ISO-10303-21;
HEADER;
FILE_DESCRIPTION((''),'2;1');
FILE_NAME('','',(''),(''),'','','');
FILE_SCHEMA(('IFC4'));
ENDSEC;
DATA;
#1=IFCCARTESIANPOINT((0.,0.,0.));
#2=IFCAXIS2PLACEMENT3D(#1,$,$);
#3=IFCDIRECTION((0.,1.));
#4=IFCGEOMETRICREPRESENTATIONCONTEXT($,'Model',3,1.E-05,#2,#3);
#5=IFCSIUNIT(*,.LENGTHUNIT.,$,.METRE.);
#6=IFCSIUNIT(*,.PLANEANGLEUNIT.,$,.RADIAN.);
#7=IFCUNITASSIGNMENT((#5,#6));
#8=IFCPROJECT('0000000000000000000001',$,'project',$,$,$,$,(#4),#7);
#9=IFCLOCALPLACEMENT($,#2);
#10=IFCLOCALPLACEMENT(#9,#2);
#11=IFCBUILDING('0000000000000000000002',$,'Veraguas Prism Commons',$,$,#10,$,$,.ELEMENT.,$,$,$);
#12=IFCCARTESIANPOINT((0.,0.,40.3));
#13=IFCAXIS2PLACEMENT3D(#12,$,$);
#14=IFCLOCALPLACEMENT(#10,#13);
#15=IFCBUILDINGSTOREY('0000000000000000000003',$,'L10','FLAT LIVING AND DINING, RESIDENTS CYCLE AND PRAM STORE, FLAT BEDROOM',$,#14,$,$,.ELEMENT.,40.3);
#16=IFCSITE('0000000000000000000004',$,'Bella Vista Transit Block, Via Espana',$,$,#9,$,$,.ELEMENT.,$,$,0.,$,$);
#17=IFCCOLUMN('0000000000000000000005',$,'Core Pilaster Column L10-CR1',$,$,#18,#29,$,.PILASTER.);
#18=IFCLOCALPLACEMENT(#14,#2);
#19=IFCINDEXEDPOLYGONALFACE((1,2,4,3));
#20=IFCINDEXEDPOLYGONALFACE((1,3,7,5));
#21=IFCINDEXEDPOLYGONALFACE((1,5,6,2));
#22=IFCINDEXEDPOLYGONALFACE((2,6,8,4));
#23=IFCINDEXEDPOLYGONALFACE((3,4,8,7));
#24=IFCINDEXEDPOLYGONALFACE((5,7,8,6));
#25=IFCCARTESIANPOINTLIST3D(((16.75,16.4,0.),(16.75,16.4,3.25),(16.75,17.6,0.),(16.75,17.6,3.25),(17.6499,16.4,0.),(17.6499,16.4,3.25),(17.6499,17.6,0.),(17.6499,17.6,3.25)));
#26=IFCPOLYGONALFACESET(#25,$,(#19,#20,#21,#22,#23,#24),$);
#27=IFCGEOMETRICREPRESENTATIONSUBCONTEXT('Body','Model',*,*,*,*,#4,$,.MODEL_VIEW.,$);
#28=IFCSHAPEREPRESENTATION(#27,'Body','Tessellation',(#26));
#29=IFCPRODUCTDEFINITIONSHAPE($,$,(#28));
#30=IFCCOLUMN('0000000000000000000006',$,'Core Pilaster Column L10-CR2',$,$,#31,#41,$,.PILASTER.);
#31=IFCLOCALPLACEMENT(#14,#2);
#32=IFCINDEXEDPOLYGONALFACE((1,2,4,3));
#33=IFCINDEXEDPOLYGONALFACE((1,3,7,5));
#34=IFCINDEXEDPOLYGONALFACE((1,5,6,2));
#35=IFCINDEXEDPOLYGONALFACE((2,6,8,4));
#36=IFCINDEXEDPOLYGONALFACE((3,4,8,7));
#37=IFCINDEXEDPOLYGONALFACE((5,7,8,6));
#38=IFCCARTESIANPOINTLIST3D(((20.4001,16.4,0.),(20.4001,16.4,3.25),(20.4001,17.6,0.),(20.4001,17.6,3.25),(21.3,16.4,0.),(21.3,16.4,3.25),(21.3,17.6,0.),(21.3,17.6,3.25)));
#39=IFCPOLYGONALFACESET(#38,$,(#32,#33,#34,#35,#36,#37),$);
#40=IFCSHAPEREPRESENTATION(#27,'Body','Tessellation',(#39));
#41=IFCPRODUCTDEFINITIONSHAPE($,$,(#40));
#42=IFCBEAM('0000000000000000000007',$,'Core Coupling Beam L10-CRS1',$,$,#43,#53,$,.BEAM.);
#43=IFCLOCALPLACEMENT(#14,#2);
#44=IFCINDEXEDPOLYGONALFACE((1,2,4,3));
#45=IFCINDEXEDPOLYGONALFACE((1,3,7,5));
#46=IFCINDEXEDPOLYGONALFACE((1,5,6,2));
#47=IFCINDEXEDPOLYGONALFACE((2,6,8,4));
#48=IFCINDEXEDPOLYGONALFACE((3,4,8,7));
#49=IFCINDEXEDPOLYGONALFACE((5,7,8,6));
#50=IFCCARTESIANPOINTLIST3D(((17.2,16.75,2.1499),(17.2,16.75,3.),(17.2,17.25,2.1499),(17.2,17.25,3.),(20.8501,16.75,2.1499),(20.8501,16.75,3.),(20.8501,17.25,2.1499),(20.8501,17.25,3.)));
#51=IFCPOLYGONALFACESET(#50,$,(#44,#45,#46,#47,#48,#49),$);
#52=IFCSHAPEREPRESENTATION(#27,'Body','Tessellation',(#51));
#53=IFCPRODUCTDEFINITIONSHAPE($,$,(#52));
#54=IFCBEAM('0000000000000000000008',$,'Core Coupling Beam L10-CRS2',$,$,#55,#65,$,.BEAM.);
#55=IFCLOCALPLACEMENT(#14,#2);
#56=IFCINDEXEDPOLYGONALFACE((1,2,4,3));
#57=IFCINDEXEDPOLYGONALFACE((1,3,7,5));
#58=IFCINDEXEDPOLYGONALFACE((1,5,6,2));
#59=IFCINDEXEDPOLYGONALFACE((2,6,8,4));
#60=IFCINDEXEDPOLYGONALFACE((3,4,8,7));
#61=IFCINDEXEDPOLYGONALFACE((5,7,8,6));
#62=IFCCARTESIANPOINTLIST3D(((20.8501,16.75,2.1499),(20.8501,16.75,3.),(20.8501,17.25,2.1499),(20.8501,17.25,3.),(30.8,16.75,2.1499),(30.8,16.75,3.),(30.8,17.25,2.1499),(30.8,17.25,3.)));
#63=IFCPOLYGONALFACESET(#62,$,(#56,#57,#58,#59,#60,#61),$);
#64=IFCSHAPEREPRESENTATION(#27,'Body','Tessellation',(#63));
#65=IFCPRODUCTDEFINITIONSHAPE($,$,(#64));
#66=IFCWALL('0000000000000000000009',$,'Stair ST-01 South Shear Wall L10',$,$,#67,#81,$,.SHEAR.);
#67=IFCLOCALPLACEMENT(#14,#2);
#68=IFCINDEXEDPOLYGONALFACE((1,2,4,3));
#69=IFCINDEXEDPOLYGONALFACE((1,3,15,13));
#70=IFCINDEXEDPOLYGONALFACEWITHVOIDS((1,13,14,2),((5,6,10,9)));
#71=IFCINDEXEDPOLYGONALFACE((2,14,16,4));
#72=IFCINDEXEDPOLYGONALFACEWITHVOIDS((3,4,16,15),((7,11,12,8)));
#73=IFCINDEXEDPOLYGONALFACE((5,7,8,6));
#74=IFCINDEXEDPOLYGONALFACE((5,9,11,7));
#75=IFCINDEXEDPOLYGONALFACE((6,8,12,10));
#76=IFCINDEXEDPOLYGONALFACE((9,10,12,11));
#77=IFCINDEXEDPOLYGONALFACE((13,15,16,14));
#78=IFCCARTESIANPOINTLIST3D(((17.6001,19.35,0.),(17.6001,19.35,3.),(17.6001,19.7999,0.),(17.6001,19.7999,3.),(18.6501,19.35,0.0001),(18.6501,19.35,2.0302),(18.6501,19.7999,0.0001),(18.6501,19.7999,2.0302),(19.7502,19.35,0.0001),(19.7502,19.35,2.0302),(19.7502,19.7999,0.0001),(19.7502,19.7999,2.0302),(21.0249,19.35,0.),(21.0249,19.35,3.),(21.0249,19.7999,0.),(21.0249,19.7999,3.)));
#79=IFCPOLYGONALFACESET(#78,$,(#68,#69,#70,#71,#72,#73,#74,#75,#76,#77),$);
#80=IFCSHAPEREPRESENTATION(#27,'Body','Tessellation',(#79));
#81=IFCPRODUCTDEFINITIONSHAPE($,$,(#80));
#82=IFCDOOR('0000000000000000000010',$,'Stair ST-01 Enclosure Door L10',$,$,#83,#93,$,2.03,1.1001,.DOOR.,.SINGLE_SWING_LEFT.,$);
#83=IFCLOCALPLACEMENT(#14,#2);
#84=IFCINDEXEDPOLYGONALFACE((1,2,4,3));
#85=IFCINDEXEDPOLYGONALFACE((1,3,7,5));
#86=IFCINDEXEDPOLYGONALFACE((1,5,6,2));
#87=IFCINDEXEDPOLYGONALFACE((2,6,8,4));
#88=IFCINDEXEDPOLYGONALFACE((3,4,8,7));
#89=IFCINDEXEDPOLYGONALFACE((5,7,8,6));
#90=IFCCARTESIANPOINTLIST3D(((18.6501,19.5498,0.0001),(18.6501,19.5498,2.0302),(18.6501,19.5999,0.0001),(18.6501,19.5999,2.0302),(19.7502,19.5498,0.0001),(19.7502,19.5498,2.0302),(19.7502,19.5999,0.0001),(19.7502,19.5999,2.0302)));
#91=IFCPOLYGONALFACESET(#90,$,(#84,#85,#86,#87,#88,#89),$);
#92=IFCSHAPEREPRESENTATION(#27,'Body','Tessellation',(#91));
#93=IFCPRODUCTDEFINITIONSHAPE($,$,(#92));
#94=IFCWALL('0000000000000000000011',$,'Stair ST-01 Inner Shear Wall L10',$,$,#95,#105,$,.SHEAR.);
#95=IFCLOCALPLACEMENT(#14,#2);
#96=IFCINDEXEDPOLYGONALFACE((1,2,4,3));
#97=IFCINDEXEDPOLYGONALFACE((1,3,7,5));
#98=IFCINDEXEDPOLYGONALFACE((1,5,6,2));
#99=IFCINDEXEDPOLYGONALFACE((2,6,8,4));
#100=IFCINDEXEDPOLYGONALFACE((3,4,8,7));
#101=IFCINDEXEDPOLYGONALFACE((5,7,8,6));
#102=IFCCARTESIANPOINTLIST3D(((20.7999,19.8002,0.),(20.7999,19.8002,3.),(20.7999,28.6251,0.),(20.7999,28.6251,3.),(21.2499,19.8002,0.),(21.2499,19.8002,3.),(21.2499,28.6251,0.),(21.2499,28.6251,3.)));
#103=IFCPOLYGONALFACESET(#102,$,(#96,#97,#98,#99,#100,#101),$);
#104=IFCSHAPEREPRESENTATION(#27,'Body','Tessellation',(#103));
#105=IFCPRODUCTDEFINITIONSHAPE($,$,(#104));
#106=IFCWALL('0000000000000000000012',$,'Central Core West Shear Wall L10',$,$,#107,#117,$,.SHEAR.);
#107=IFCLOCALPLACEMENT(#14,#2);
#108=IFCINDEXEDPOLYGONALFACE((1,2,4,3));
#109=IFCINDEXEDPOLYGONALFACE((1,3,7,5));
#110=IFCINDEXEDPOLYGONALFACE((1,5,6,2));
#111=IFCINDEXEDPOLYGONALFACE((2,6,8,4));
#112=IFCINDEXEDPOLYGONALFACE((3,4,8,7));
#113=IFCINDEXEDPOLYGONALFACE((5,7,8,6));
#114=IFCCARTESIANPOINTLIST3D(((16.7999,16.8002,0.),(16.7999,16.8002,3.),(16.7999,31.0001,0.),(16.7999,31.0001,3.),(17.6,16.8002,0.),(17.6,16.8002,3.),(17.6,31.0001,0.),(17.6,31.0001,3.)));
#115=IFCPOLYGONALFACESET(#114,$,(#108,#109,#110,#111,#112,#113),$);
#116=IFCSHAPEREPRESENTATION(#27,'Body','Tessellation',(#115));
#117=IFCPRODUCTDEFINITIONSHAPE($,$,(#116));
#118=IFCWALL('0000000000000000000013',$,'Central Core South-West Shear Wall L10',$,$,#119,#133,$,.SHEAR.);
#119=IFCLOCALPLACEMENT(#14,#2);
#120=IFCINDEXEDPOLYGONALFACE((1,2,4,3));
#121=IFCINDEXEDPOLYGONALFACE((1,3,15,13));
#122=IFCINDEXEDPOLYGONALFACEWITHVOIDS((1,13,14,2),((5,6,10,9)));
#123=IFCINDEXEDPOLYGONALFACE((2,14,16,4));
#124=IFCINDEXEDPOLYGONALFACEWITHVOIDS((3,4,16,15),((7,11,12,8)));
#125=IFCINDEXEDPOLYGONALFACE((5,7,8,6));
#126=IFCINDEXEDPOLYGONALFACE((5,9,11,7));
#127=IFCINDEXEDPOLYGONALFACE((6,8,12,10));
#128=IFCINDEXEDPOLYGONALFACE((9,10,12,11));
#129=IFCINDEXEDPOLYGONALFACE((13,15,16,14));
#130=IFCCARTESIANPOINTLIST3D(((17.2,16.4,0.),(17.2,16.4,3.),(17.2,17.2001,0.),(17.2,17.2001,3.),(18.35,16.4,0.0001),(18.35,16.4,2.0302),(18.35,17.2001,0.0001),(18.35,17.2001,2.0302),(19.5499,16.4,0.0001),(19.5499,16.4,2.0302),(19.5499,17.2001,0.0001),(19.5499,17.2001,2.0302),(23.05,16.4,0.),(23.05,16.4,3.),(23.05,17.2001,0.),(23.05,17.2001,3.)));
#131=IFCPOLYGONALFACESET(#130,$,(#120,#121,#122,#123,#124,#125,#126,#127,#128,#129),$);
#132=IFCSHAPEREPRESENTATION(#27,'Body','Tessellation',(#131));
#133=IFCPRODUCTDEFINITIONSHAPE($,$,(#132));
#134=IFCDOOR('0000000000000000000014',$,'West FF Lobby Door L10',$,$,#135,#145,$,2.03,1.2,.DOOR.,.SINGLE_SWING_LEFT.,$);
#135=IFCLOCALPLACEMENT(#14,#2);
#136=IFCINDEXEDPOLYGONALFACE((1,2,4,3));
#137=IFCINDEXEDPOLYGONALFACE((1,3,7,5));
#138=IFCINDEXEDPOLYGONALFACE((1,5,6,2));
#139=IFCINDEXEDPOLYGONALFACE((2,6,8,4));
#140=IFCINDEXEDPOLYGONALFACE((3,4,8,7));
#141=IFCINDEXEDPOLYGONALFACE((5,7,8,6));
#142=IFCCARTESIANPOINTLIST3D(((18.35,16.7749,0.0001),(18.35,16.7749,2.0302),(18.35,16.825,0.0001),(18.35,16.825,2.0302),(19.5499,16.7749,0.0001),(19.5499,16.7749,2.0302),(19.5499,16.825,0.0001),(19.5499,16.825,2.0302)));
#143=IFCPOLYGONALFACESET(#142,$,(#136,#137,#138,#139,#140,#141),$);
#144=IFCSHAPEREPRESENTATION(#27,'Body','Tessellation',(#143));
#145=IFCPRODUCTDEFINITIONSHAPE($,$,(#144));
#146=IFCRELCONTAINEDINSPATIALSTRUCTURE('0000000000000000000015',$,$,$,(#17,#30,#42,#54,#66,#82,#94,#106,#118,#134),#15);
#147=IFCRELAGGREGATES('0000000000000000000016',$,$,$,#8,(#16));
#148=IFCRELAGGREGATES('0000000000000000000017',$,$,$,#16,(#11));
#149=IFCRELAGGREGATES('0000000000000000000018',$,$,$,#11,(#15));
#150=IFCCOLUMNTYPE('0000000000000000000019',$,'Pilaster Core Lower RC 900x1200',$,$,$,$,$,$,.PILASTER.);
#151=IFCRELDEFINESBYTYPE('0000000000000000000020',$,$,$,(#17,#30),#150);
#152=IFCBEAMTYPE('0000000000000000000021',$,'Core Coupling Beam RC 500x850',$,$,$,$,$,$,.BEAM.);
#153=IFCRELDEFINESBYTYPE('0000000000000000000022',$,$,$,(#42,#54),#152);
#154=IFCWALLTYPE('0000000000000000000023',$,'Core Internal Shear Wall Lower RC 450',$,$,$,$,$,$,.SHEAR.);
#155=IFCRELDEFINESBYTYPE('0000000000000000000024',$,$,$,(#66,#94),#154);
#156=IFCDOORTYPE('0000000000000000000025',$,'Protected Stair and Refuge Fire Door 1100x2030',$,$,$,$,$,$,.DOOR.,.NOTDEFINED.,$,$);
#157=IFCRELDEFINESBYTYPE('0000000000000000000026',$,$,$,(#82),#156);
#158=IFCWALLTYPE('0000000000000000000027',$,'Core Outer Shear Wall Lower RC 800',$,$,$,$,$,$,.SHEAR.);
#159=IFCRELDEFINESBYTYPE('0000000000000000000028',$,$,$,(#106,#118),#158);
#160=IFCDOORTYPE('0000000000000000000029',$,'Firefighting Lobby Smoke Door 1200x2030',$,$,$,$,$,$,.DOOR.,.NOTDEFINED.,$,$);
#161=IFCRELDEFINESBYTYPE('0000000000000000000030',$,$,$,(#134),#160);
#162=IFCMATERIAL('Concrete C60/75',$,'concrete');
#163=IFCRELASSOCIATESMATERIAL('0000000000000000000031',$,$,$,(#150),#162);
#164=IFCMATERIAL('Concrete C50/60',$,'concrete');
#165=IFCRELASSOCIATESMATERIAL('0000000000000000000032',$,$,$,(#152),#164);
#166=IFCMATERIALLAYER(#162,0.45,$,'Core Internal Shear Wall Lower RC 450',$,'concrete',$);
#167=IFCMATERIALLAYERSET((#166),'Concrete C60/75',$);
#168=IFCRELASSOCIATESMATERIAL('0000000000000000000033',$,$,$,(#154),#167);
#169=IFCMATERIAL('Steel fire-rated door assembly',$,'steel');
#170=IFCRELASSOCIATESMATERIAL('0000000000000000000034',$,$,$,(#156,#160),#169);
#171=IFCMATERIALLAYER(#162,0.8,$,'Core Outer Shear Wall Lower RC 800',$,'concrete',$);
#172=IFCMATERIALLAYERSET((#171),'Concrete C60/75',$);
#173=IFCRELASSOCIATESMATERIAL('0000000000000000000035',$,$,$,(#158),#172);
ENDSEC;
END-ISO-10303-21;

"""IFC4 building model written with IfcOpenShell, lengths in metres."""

from ifc_helpers import new_model, si_unit, direction, frame, frame_2d, origin, origin_2d, place, context, subcontext, project, spatial, rectangle, extrude, source, transform, mapped, material, layer, layer_set, material_profile, profile_set, type_object, element, fill, save


model = new_model("IFC4")

# Units and contexts
model_context = context("Model", 3, precision=1e-05, world=origin(), true_north=direction((0.0, 1.0)))
body_context = subcontext(model_context, "Body", "Model", "MODEL_VIEW")
ifc_project = project(units=[si_unit("LENGTHUNIT", "METRE"), si_unit("PLANEANGLEUNIT", "RADIAN")], contexts=[model_context])

# Site, building, storey
site_placement = place(None, origin())
site = spatial("IfcSite", under=ifc_project, at=site_placement, Name="Bella Vista Transit Block, Via Espana", CompositionType="ELEMENT", RefElevation=0.0)
building_placement = place(site_placement, origin())
building = spatial("IfcBuilding", under=site, at=building_placement, Name="Veraguas Prism Commons", CompositionType="ELEMENT")
storey_placement = place(building_placement, frame((0.0, 0.0, 40.3)))
storey = spatial("IfcBuildingStorey", under=building, at=storey_placement, Name="L10", Description="FLAT LIVING AND DINING, RESIDENTS CYCLE AND PRAM STORE, FLAT BEDROOM", CompositionType="ELEMENT", Elevation=40.3)

# Columns
ifc_material_1 = material(Name="Concrete C60/75", Category="concrete")
ifc_material_profile_1 = material_profile(ifc_material_1, rectangle(XDim=0.8999, YDim=1.2, at=origin_2d()), Name="RC900X1200")
ifc_profile_set_1 = profile_set([ifc_material_profile_1], Name="Concrete C60/75")
column_type = type_object("IfcColumnType", Name="Pilaster Core Lower RC 900x1200", PredefinedType="PILASTER", material=ifc_profile_set_1)
for number, where, z_axis, x_axis, name in (
    (1, (17.2, 17.0, 0.0), (0.0, 0.0, 1.0), (1.0, 0.0, 0.0), "Core Pilaster Column L10-CR1"),
    (2, (20.8501, 17.0, 0.0), (0.0, 0.0, 1.0), (1.0, 0.0, 0.0), "Core Pilaster Column L10-CR2"),
):
    element("IfcColumn", number, at=place(storey_placement, frame(where, z_axis=z_axis, x_axis=x_axis)), inside=storey, type_object=column_type, Name=name, PredefinedType="PILASTER", context=body_context, shape_type="SweptSolid", body=[
        extrude(rectangle(XDim=0.8999, YDim=1.2, at=origin_2d()), origin(), (0.0, 0.0, 1.0), 3.25),
    ])

# Beams
ifc_material_2 = material(Name="Concrete C50/60", Category="concrete")
ifc_material_profile_2 = material_profile(ifc_material_2, rectangle(XDim=0.5, YDim=0.8501, at=origin_2d()), Name="RC500X850")
ifc_profile_set_2 = profile_set([ifc_material_profile_2], Name="Concrete C50/60")
beam_type = type_object("IfcBeamType", Name="Core Coupling Beam RC 500x850", PredefinedType="BEAM", material=ifc_profile_set_2)
beam_1_placement = place(storey_placement, frame((17.2, 17.0, 2.575), z_axis=(1.0, 0.0, 0.0), x_axis=(0.0, 1.0, 0.0)))
element("IfcBeam", 3, at=beam_1_placement, inside=storey, type_object=beam_type, Name="Core Coupling Beam L10-CRS1", PredefinedType="BEAM", context=body_context, shape_type="SweptSolid", body=[
    extrude(rectangle(XDim=0.5, YDim=0.8501, at=origin_2d()), origin(), (0.0, 0.0, 1.0), 3.6501),
])
beam_2_placement = place(storey_placement, frame((20.8501, 17.0, 2.575), z_axis=(1.0, 0.0, 0.0), x_axis=(0.0, 1.0, 0.0)))
element("IfcBeam", 4, at=beam_2_placement, inside=storey, type_object=beam_type, Name="Core Coupling Beam L10-CRS2", PredefinedType="BEAM", context=body_context, shape_type="SweptSolid", body=[
    extrude(rectangle(XDim=0.5, YDim=0.8501, at=origin_2d()), origin(), (0.0, 0.0, 1.0), 9.95),
])

# Wall, opening, door
ifc_layer_1 = layer(ifc_material_1, 0.45, Name="Core Internal Shear Wall Lower RC 450", Category="concrete")
ifc_layer_set_1 = layer_set([ifc_layer_1], Name="Concrete C60/75")
wall_type_1 = type_object("IfcWallType", Name="Core Internal Shear Wall Lower RC 450", PredefinedType="SHEAR", material=ifc_layer_set_1)
wall_1_placement = place(storey_placement, frame((17.6001, 19.575, 0.0), z_axis=(0.0, 0.0, 1.0), x_axis=(1.0, 0.0, 0.0)))
wall_1 = element("IfcWall", 5, at=wall_1_placement, inside=storey, type_object=wall_type_1, Name="Stair ST-01 South Shear Wall L10", PredefinedType="SHEAR", context=body_context, shape_type="SweptSolid", body=[
    extrude(rectangle(XDim=3.4248, YDim=0.45, at=frame_2d((1.7124, 0.0))), origin(), (0.0, 0.0, 1.0), 3.0),
])
opening_1_placement = place(wall_1_placement, frame((1.05, 0.0, 0.0)))
opening_1 = element("IfcOpeningElement", 6, at=opening_1_placement, cuts=wall_1, PredefinedType="OPENING", context=body_context, shape_type="SweptSolid", body=[
    extrude(rectangle(XDim=1.1001, YDim=2.03, at=frame_2d((0.55, 1.0151))), frame((0.0, 0.2349, 0.0), z_axis=(0.0, -1.0, 0.0), x_axis=(1.0, 0.0, 0.0)), (0.0, 0.0, 1.0), 0.47),
])
ifc_material_3 = material(Name="Steel fire-rated door assembly", Category="steel")
door_type_1 = type_object("IfcDoorType", Name="Protected Stair and Refuge Fire Door 1100x2030", OperationType="NOTDEFINED", PredefinedType="DOOR", material=ifc_material_3)
shared_shape_1 = source(origin(), body_context, "Body", "SweptSolid", [
    extrude(rectangle(XDim=1.1001, YDim=2.03, at=frame_2d((0.55, 1.0151))), frame((0.0, 0.0249, 0.0), z_axis=(0.0, -1.0, 0.0), x_axis=(1.0, 0.0, 0.0)), (0.0, 0.0, 1.0), 0.05),
])
door_1_placement = place(opening_1_placement, origin())
door_1 = element("IfcDoor", 7, at=door_1_placement, inside=storey, type_object=door_type_1, Name="Stair ST-01 Enclosure Door L10", OperationType="SINGLE_SWING_LEFT", OverallHeight=2.03, OverallWidth=1.1001, PredefinedType="DOOR", context=body_context, shape_type="MappedRepresentation", body=[
    mapped(shared_shape_1, transform((0.0, 0.0, 0.0), scale=1.0)),
])
fill(opening_1, door_1)

# Walls
wall_2_placement = place(storey_placement, frame((21.0249, 19.8, 0.0), z_axis=(0.0, 0.0, 1.0), x_axis=(0.0, 1.0, 0.0)))
element("IfcWall", 8, at=wall_2_placement, inside=storey, type_object=wall_type_1, Name="Stair ST-01 Inner Shear Wall L10", PredefinedType="SHEAR", context=body_context, shape_type="SweptSolid", body=[
    extrude(rectangle(XDim=8.825, YDim=0.45, at=frame_2d((4.4126, 0.0))), origin(), (0.0, 0.0, 1.0), 3.0),
])
ifc_layer_2 = layer(ifc_material_1, 0.8, Name="Core Outer Shear Wall Lower RC 800", Category="concrete")
ifc_layer_set_2 = layer_set([ifc_layer_2], Name="Concrete C60/75")
wall_type_2 = type_object("IfcWallType", Name="Core Outer Shear Wall Lower RC 800", PredefinedType="SHEAR", material=ifc_layer_set_2)
wall_3_placement = place(storey_placement, frame((17.2, 16.8, 0.0), z_axis=(0.0, 0.0, 1.0), x_axis=(0.0, 1.0, 0.0)))
element("IfcWall", 9, at=wall_3_placement, inside=storey, type_object=wall_type_2, Name="Central Core West Shear Wall L10", PredefinedType="SHEAR", context=body_context, shape_type="SweptSolid", body=[
    extrude(rectangle(XDim=14.2, YDim=0.8, at=frame_2d((7.1001, 0.0))), origin(), (0.0, 0.0, 1.0), 3.0),
])

# Wall, opening, door
wall_4_placement = place(storey_placement, frame((17.2, 16.8, 0.0), z_axis=(0.0, 0.0, 1.0), x_axis=(1.0, 0.0, 0.0)))
wall_4 = element("IfcWall", 10, at=wall_4_placement, inside=storey, type_object=wall_type_2, Name="Central Core South-West Shear Wall L10", PredefinedType="SHEAR", context=body_context, shape_type="SweptSolid", body=[
    extrude(rectangle(XDim=5.8501, YDim=0.8, at=frame_2d((2.925, 0.0))), origin(), (0.0, 0.0, 1.0), 3.0),
])
opening_2_placement = place(wall_4_placement, frame((1.1499, 0.0, 0.0)))
opening_2 = element("IfcOpeningElement", 11, at=opening_2_placement, cuts=wall_4, PredefinedType="OPENING", context=body_context, shape_type="SweptSolid", body=[
    extrude(rectangle(XDim=1.2, YDim=2.03, at=frame_2d((0.6001, 1.0151))), frame((0.0, 0.4099, 0.0), z_axis=(0.0, -1.0, 0.0), x_axis=(1.0, 0.0, 0.0)), (0.0, 0.0, 1.0), 0.8201),
])
door_type_2 = type_object("IfcDoorType", Name="Firefighting Lobby Smoke Door 1200x2030", OperationType="NOTDEFINED", PredefinedType="DOOR", material=ifc_material_3)
shared_shape_2 = source(origin(), body_context, "Body", "SweptSolid", [
    extrude(rectangle(XDim=1.2, YDim=2.03, at=frame_2d((0.6001, 1.0151))), frame((0.0, 0.0249, 0.0), z_axis=(0.0, -1.0, 0.0), x_axis=(1.0, 0.0, 0.0)), (0.0, 0.0, 1.0), 0.05),
])
door_2_placement = place(opening_2_placement, origin())
door_2 = element("IfcDoor", 12, at=door_2_placement, inside=storey, type_object=door_type_2, Name="West FF Lobby Door L10", OperationType="SINGLE_SWING_LEFT", OverallHeight=2.03, OverallWidth=1.2, PredefinedType="DOOR", context=body_context, shape_type="MappedRepresentation", body=[
    mapped(shared_shape_2, transform((0.0, 0.0, 0.0), scale=1.0)),
])
fill(opening_2, door_2)

save(model, "model.ifc")
